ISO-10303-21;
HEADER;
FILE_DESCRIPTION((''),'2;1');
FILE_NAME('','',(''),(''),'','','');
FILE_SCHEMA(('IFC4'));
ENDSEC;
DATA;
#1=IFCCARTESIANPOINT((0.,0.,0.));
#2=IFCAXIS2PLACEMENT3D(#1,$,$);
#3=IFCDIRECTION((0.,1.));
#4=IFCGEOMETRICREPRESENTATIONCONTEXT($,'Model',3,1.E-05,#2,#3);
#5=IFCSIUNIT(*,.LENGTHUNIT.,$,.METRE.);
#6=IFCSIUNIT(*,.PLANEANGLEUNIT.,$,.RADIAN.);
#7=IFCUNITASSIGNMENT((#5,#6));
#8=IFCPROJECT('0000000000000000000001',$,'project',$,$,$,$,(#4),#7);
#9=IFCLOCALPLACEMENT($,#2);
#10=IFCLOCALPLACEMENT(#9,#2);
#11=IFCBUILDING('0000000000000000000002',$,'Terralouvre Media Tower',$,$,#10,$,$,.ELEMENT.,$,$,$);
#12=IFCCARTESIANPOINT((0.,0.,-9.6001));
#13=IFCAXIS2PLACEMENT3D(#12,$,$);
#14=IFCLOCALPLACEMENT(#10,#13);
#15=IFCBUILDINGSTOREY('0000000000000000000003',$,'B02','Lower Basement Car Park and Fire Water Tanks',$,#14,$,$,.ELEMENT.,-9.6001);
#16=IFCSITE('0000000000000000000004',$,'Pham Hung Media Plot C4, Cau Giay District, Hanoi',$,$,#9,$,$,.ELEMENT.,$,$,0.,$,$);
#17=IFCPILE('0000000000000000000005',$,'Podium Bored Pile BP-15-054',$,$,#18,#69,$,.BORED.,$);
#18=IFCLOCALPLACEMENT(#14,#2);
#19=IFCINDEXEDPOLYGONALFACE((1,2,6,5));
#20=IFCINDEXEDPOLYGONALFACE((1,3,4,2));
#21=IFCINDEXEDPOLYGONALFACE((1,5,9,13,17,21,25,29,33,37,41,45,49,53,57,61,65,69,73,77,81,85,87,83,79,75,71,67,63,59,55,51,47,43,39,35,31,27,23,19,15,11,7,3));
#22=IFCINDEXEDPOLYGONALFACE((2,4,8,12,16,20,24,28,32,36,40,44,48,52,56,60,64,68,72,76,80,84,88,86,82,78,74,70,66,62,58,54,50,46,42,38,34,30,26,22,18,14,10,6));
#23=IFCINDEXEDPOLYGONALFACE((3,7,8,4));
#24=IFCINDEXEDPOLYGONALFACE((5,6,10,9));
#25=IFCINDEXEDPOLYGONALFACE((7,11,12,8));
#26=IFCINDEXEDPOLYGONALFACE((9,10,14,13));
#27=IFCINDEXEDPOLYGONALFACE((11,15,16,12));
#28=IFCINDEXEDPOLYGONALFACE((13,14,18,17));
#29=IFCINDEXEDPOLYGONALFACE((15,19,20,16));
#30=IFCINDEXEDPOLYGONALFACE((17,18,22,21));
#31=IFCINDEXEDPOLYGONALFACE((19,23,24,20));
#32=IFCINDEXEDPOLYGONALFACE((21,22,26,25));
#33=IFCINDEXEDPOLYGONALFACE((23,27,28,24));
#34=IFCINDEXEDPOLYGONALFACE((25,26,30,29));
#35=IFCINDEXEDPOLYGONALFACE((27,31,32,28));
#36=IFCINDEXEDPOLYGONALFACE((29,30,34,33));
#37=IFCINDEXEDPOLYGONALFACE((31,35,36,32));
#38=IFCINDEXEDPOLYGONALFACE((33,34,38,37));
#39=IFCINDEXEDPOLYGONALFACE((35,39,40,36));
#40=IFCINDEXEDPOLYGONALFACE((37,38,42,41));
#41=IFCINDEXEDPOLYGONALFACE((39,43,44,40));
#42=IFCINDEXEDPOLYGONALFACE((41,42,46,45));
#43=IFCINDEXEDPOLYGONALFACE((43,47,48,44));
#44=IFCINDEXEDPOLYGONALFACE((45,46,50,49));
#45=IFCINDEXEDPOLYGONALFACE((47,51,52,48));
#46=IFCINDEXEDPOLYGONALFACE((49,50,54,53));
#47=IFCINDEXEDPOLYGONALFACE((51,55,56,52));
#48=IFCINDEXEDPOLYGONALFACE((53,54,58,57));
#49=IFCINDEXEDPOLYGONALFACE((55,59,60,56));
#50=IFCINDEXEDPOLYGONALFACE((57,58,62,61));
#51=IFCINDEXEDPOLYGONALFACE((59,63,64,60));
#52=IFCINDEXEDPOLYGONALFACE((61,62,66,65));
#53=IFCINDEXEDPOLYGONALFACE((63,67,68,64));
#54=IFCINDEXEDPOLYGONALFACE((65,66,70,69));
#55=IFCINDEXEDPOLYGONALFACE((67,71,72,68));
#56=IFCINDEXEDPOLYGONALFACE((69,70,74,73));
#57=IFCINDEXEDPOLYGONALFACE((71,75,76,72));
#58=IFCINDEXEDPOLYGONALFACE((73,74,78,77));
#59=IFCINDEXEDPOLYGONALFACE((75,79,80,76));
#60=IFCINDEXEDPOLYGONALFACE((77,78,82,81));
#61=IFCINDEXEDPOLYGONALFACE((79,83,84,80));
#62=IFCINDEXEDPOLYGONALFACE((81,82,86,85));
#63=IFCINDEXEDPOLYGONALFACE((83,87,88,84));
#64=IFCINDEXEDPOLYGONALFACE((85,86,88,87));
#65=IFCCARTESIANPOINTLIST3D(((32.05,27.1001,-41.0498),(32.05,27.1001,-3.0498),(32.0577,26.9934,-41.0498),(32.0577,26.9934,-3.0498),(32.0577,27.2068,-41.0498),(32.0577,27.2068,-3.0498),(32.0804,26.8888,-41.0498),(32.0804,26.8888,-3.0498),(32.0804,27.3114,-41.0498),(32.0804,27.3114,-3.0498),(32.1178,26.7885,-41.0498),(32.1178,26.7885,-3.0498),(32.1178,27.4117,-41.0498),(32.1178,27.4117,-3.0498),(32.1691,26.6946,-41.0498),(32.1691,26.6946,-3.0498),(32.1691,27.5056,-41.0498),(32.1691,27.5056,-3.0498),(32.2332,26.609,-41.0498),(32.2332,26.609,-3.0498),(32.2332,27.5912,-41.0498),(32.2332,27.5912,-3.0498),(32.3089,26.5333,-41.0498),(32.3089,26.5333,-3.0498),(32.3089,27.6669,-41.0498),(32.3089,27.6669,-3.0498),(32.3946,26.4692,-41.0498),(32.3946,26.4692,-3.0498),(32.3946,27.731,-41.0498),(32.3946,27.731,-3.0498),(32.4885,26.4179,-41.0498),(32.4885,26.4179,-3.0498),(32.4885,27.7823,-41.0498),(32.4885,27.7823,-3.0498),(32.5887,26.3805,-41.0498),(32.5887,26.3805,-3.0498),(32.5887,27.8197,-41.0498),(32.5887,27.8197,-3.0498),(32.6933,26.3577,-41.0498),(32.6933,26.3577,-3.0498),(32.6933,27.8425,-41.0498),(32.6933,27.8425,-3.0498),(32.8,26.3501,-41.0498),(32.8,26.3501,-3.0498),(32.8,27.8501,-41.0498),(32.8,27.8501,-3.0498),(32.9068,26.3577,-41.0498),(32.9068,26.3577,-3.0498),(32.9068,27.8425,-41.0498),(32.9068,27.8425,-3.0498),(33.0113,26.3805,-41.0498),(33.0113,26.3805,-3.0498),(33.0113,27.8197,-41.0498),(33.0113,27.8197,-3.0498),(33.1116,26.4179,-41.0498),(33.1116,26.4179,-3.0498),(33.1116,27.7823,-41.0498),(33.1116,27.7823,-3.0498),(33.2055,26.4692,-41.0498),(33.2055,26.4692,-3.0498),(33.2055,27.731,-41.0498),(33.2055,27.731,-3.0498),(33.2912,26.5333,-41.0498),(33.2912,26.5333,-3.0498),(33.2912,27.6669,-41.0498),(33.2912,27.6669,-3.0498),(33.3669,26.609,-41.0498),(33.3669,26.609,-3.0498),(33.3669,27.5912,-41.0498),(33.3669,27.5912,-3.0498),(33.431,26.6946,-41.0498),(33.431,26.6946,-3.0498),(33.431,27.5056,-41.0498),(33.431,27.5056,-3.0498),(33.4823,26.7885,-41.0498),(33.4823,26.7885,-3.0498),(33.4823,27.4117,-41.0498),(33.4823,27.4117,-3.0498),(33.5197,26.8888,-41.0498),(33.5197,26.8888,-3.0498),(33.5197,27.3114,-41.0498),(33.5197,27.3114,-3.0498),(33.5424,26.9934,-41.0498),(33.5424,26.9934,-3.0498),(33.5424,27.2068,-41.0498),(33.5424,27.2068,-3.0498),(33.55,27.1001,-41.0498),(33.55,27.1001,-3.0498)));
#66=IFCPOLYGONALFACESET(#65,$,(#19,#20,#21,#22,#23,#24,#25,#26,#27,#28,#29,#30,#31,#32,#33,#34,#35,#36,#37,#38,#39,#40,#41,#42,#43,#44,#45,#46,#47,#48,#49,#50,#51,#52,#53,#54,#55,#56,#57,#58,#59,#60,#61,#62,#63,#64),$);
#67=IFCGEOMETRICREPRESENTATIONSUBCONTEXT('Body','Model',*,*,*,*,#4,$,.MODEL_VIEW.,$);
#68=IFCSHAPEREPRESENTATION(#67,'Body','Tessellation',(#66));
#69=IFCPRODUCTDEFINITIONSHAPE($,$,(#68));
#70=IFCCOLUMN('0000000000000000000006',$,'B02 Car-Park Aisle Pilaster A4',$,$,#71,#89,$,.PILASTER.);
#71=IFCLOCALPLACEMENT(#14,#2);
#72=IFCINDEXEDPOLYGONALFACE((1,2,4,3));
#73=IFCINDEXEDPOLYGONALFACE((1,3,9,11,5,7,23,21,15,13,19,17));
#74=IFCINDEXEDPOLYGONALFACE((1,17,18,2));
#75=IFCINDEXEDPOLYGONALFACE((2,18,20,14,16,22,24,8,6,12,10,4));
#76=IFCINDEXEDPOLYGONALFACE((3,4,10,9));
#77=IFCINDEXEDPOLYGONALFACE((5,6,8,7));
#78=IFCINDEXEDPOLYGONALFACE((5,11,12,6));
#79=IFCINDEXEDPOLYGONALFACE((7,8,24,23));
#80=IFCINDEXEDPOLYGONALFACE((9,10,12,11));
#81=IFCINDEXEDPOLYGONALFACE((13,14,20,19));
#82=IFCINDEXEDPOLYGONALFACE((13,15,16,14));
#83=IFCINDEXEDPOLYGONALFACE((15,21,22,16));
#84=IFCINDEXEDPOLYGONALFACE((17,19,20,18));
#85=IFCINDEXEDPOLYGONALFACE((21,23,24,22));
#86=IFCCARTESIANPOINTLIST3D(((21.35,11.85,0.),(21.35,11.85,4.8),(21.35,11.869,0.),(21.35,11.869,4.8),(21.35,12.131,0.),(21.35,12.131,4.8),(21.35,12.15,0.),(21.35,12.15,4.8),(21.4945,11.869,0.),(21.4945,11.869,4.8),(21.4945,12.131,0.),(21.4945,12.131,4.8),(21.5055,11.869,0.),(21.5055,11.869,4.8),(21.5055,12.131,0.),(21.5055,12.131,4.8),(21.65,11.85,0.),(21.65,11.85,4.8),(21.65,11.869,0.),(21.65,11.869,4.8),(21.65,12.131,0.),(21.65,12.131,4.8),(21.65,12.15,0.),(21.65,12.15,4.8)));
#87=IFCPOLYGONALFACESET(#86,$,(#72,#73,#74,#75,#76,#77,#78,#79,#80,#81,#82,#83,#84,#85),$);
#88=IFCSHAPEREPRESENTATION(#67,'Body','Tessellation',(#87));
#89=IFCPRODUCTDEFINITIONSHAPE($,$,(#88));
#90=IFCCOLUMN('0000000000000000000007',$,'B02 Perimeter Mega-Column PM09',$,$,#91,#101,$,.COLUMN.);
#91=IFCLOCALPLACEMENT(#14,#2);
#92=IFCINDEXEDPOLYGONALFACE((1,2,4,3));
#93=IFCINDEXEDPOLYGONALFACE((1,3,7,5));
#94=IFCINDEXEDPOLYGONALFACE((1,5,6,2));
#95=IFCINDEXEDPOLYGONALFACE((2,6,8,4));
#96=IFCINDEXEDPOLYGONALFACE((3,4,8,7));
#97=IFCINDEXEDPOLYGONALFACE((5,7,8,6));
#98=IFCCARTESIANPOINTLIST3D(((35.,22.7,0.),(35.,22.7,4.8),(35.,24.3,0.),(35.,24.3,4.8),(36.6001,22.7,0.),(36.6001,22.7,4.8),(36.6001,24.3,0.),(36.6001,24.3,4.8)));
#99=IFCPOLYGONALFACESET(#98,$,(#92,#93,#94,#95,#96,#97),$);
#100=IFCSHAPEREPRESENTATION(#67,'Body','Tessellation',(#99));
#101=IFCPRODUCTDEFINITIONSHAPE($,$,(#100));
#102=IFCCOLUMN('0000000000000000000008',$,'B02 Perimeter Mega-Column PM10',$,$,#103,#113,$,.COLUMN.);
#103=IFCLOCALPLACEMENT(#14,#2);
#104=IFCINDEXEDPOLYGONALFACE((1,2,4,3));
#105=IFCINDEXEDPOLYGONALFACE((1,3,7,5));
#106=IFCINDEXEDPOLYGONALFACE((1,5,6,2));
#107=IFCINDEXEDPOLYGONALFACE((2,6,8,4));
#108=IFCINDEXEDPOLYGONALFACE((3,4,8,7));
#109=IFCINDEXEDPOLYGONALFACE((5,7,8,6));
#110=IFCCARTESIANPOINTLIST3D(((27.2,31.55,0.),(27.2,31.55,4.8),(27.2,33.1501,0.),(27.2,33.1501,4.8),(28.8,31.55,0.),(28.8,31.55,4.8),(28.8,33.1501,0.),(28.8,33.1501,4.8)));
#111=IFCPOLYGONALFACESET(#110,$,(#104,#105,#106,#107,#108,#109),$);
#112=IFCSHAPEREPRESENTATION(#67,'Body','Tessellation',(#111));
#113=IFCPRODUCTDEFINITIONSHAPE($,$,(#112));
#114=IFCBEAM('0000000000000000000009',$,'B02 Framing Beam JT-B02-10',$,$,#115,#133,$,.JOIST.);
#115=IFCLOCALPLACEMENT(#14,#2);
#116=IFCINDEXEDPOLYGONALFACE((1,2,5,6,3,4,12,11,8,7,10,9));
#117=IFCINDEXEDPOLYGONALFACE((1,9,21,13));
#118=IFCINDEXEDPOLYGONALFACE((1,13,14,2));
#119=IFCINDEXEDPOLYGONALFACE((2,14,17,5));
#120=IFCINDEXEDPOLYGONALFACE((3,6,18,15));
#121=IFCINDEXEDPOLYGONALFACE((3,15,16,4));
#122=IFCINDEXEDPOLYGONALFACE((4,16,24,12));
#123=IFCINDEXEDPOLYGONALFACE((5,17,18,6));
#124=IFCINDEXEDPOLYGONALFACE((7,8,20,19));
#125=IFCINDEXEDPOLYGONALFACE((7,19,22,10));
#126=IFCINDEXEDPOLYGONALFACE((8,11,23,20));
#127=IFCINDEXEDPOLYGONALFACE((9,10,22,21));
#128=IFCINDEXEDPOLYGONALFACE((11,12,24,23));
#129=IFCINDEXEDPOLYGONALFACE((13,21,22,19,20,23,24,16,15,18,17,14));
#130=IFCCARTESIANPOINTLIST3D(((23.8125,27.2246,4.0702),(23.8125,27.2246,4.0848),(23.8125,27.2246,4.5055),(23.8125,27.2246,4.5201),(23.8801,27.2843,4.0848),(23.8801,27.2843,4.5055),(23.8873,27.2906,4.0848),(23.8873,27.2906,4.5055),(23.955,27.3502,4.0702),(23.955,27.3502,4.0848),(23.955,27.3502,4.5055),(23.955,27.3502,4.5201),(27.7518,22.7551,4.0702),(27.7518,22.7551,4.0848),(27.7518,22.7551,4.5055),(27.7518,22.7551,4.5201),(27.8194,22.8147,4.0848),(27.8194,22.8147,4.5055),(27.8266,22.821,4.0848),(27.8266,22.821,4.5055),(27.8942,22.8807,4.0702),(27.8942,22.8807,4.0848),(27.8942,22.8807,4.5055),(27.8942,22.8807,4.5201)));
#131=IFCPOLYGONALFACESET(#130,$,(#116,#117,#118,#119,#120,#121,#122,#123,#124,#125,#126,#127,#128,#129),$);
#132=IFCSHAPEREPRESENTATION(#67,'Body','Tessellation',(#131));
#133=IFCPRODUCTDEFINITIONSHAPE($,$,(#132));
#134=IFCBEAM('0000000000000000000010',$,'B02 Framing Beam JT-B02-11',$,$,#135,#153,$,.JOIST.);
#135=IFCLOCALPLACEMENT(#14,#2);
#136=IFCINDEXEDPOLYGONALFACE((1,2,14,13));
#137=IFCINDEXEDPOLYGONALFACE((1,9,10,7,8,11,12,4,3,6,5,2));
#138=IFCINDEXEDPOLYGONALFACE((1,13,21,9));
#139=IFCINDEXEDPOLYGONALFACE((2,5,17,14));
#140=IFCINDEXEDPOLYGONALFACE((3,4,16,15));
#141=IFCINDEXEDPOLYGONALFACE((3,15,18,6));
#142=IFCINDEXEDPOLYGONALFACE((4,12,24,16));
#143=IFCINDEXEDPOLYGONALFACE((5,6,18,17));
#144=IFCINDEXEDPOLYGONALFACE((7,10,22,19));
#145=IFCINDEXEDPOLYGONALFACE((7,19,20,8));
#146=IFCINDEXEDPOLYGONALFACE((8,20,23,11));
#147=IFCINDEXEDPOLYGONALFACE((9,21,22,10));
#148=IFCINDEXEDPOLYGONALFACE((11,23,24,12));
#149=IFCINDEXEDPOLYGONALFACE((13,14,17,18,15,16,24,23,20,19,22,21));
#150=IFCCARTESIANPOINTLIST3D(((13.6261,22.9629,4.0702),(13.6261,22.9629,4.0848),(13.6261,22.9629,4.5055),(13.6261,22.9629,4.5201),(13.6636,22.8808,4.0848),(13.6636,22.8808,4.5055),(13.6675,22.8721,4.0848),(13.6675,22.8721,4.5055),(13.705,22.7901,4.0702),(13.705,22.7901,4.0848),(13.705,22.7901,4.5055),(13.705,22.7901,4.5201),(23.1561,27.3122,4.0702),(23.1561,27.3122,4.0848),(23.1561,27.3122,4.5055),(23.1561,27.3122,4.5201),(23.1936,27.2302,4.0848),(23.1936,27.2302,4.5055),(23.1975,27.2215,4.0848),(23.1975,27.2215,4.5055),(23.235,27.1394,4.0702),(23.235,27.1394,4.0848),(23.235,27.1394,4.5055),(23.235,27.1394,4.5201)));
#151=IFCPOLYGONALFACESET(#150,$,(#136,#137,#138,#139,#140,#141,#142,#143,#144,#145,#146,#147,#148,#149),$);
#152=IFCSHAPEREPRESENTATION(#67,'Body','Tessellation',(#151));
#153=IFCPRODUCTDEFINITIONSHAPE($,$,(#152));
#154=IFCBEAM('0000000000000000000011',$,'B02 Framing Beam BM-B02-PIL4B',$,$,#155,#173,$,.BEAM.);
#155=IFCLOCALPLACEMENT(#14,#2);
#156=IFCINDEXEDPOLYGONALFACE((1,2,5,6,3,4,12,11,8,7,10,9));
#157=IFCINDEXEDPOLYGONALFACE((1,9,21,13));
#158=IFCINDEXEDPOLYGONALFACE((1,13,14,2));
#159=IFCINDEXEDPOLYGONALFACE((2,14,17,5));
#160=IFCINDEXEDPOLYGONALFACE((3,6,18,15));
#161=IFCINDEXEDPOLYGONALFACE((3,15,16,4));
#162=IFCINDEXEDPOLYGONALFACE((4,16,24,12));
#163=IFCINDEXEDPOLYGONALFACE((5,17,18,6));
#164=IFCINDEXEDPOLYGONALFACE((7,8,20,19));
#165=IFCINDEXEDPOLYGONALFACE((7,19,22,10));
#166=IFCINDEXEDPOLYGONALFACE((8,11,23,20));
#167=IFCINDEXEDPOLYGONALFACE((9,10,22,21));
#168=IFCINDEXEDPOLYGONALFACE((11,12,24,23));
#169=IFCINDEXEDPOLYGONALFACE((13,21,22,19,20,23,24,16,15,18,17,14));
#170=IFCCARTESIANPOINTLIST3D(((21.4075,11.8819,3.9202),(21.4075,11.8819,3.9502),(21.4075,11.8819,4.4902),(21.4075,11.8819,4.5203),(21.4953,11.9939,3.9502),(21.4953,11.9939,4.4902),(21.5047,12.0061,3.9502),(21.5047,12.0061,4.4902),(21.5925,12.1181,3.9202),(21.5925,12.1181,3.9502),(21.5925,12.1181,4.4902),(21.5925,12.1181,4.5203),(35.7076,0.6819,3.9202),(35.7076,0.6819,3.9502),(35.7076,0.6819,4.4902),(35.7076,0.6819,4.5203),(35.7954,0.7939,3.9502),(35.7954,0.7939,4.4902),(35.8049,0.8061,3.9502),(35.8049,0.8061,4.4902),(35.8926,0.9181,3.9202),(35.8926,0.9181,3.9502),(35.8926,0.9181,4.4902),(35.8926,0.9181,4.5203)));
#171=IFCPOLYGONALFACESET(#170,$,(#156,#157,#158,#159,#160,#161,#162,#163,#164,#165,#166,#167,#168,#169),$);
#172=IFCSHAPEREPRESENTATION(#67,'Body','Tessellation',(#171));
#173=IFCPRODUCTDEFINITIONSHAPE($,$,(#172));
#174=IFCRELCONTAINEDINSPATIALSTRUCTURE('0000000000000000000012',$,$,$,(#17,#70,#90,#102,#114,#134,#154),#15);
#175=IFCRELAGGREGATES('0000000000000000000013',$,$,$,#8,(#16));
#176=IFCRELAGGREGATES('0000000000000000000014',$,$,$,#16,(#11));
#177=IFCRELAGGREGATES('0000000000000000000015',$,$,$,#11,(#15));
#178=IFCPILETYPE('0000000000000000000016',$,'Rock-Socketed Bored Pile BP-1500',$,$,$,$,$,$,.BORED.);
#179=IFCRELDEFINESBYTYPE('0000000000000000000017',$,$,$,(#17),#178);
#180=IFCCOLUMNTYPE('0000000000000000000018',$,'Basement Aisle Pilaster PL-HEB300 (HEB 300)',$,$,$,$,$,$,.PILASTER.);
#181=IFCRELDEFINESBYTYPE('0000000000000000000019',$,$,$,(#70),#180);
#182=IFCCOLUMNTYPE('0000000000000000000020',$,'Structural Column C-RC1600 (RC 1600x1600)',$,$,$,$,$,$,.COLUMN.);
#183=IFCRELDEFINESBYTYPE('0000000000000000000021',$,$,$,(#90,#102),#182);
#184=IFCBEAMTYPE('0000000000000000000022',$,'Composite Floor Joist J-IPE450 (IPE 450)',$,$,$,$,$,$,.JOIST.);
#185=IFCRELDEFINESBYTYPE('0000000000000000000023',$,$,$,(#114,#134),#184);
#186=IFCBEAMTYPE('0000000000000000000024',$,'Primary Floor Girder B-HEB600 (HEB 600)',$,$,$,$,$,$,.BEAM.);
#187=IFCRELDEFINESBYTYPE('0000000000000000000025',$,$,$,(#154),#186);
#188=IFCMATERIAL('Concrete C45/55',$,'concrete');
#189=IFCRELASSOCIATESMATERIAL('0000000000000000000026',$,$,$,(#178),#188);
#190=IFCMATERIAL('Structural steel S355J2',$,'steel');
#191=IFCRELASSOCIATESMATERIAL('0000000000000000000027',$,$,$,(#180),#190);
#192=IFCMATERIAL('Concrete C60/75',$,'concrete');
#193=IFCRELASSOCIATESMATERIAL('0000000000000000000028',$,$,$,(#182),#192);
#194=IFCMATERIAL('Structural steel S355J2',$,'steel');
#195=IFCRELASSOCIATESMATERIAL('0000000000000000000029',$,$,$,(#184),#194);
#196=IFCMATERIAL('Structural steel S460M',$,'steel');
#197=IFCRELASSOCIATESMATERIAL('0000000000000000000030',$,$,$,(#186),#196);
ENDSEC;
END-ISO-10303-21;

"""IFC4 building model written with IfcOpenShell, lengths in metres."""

from ifc_helpers import new_model, si_unit, direction, frame, origin, origin_2d, place, context, subcontext, project, spatial, rectangle, circle, i_section, extrude, material, material_profile, profile_set, type_object, element, save


model = new_model("IFC4")

# Units and contexts
model_context = context("Model", 3, precision=1e-05, world=origin(), true_north=direction((0.0, 1.0)))
body_context = subcontext(model_context, "Body", "Model", "MODEL_VIEW")
ifc_project = project(units=[si_unit("LENGTHUNIT", "METRE"), si_unit("PLANEANGLEUNIT", "RADIAN")], contexts=[model_context])

# Site, building, storey
site_placement = place(None, origin())
site = spatial("IfcSite", under=ifc_project, at=site_placement, Name="Pham Hung Media Plot C4, Cau Giay District, Hanoi", CompositionType="ELEMENT", RefElevation=0.0)
building_placement = place(site_placement, origin())
building = spatial("IfcBuilding", under=site, at=building_placement, Name="Terralouvre Media Tower", CompositionType="ELEMENT")
storey_placement = place(building_placement, frame((0.0, 0.0, -9.6001)))
storey = spatial("IfcBuildingStorey", under=building, at=storey_placement, Name="B02", Description="Lower Basement Car Park and Fire Water Tanks", CompositionType="ELEMENT", Elevation=-9.6001)

# Pile
ifc_material_1 = material(Name="Concrete C45/55", Category="concrete")
ifc_material_profile_1 = material_profile(ifc_material_1, circle(Radius=0.75, at=origin_2d()), Name="BORED PILE 1500")
ifc_profile_set_1 = profile_set([ifc_material_profile_1], Name="Concrete C45/55")
pile_type = type_object("IfcPileType", Name="Rock-Socketed Bored Pile BP-1500", PredefinedType="BORED", material=ifc_profile_set_1)
for number, where, z_axis, x_axis, name in (
    (1, (32.8, 27.1001, -3.0498), (0.0, 0.0, -1.0), (1.0, 0.0, 0.0), "Podium Bored Pile BP-15-054"),
):
    element("IfcPile", number, at=place(storey_placement, frame(where, z_axis=z_axis, x_axis=x_axis)), inside=storey, type_object=pile_type, Name=name, PredefinedType="BORED", context=body_context, shape_type="SweptSolid", body=[
        extrude(circle(Radius=0.75, at=origin_2d()), origin(), (0.0, 0.0, 1.0), 38.0),
    ])

# Columns
ifc_material_2 = material(Name="Structural steel S355J2", Category="steel")
ifc_material_profile_2 = material_profile(ifc_material_2, i_section(OverallWidth=0.3, OverallDepth=0.3, WebThickness=0.011, FlangeThickness=0.019, at=origin_2d()), Name="HEB 300")
ifc_profile_set_2 = profile_set([ifc_material_profile_2], Name="Structural steel S355J2")
column_type_1 = type_object("IfcColumnType", Name="Basement Aisle Pilaster PL-HEB300 (HEB 300)", PredefinedType="PILASTER", material=ifc_profile_set_2)
column_placement = place(storey_placement, frame((21.5, 12.0, 0.0), z_axis=(0.0, 0.0, 1.0), x_axis=(1.0, 0.0, 0.0)))
element("IfcColumn", 2, at=column_placement, inside=storey, type_object=column_type_1, Name="B02 Car-Park Aisle Pilaster A4", PredefinedType="PILASTER", context=body_context, shape_type="SweptSolid", body=[
    extrude(i_section(OverallWidth=0.3, OverallDepth=0.3, WebThickness=0.011, FlangeThickness=0.019, at=origin_2d()), origin(), (0.0, 0.0, 1.0), 4.8),
])
ifc_material_3 = material(Name="Concrete C60/75", Category="concrete")
ifc_material_profile_3 = material_profile(ifc_material_3, rectangle(XDim=1.6001, YDim=1.6001, at=origin_2d()), Name="RC 1600x1600")
ifc_profile_set_3 = profile_set([ifc_material_profile_3], Name="Concrete C60/75")
column_type_2 = type_object("IfcColumnType", Name="Structural Column C-RC1600 (RC 1600x1600)", PredefinedType="COLUMN", material=ifc_profile_set_3)
for number, where, z_axis, x_axis, name in (
    (3, (35.8, 23.5, 0.0), (0.0, 0.0, 1.0), (1.0, 0.0, 0.0), "B02 Perimeter Mega-Column PM09"),
    (4, (28.0, 32.3501, 0.0), (0.0, 0.0, 1.0), (1.0, 0.0, 0.0), "B02 Perimeter Mega-Column PM10"),
):
    element("IfcColumn", number, at=place(storey_placement, frame(where, z_axis=z_axis, x_axis=x_axis)), inside=storey, type_object=column_type_2, Name=name, PredefinedType="COLUMN", context=body_context, shape_type="SweptSolid", body=[
        extrude(rectangle(XDim=1.6001, YDim=1.6001, at=origin_2d()), origin(), (0.0, 0.0, 1.0), 4.8),
    ])

# Beams
ifc_material_4 = material(Name="Structural steel S355J2", Category="steel")
ifc_material_profile_4 = material_profile(ifc_material_4, i_section(OverallWidth=0.1899, OverallDepth=0.45, WebThickness=0.0095, FlangeThickness=0.0146, at=origin_2d()), Name="IPE 450")
ifc_profile_set_4 = profile_set([ifc_material_profile_4], Name="Structural steel S355J2")
beam_type_1 = type_object("IfcBeamType", Name="Composite Floor Joist J-IPE450 (IPE 450)", PredefinedType="JOIST", material=ifc_profile_set_4)
beam_1_placement = place(storey_placement, frame((27.823, 22.8179, 4.2952), z_axis=(-0.661201, 0.750208, 0.0), x_axis=(-0.750208, -0.661201, 0.0)))
element("IfcBeam", 5, at=beam_1_placement, inside=storey, type_object=beam_type_1, Name="B02 Framing Beam JT-B02-10", PredefinedType="JOIST", context=body_context, shape_type="SweptSolid", body=[
    extrude(i_section(OverallWidth=0.1899, OverallDepth=0.45, WebThickness=0.0095, FlangeThickness=0.0146, at=origin_2d()), origin(), (0.0, 0.0, 1.0), 5.9578),
])
beam_2_placement = place(storey_placement, frame((23.1956, 27.2258, 4.2952), z_axis=(-0.909735, -0.41519, 0.0), x_axis=(0.41519, -0.909735, 0.0)))
element("IfcBeam", 6, at=beam_2_placement, inside=storey, type_object=beam_type_1, Name="B02 Framing Beam JT-B02-11", PredefinedType="JOIST", context=body_context, shape_type="SweptSolid", body=[
    extrude(i_section(OverallWidth=0.1899, OverallDepth=0.45, WebThickness=0.0095, FlangeThickness=0.0146, at=origin_2d()), origin(), (0.0, 0.0, 1.0), 10.4756),
])
ifc_material_5 = material(Name="Structural steel S460M", Category="steel")
ifc_material_profile_5 = material_profile(ifc_material_5, i_section(OverallWidth=0.3, OverallDepth=0.6001, WebThickness=0.0154, FlangeThickness=0.03, at=origin_2d()), Name="HEB 600")
ifc_profile_set_5 = profile_set([ifc_material_profile_5], Name="Structural steel S460M")
beam_type_2 = type_object("IfcBeamType", Name="Primary Floor Girder B-HEB600 (HEB 600)", PredefinedType="BEAM", material=ifc_profile_set_5)
beam_3_placement = place(storey_placement, frame((21.5, 12.0, 4.2202), z_axis=(0.787275, -0.616602, 0.0), x_axis=(0.616602, 0.787275, 0.0)))
element("IfcBeam", 7, at=beam_3_placement, inside=storey, type_object=beam_type_2, Name="B02 Framing Beam BM-B02-PIL4B", PredefinedType="BEAM", context=body_context, shape_type="SweptSolid", body=[
    extrude(i_section(OverallWidth=0.3, OverallDepth=0.6001, WebThickness=0.0154, FlangeThickness=0.03, at=origin_2d()), origin(), (0.0, 0.0, 1.0), 18.1641),
])

save(model, "model.ifc")
